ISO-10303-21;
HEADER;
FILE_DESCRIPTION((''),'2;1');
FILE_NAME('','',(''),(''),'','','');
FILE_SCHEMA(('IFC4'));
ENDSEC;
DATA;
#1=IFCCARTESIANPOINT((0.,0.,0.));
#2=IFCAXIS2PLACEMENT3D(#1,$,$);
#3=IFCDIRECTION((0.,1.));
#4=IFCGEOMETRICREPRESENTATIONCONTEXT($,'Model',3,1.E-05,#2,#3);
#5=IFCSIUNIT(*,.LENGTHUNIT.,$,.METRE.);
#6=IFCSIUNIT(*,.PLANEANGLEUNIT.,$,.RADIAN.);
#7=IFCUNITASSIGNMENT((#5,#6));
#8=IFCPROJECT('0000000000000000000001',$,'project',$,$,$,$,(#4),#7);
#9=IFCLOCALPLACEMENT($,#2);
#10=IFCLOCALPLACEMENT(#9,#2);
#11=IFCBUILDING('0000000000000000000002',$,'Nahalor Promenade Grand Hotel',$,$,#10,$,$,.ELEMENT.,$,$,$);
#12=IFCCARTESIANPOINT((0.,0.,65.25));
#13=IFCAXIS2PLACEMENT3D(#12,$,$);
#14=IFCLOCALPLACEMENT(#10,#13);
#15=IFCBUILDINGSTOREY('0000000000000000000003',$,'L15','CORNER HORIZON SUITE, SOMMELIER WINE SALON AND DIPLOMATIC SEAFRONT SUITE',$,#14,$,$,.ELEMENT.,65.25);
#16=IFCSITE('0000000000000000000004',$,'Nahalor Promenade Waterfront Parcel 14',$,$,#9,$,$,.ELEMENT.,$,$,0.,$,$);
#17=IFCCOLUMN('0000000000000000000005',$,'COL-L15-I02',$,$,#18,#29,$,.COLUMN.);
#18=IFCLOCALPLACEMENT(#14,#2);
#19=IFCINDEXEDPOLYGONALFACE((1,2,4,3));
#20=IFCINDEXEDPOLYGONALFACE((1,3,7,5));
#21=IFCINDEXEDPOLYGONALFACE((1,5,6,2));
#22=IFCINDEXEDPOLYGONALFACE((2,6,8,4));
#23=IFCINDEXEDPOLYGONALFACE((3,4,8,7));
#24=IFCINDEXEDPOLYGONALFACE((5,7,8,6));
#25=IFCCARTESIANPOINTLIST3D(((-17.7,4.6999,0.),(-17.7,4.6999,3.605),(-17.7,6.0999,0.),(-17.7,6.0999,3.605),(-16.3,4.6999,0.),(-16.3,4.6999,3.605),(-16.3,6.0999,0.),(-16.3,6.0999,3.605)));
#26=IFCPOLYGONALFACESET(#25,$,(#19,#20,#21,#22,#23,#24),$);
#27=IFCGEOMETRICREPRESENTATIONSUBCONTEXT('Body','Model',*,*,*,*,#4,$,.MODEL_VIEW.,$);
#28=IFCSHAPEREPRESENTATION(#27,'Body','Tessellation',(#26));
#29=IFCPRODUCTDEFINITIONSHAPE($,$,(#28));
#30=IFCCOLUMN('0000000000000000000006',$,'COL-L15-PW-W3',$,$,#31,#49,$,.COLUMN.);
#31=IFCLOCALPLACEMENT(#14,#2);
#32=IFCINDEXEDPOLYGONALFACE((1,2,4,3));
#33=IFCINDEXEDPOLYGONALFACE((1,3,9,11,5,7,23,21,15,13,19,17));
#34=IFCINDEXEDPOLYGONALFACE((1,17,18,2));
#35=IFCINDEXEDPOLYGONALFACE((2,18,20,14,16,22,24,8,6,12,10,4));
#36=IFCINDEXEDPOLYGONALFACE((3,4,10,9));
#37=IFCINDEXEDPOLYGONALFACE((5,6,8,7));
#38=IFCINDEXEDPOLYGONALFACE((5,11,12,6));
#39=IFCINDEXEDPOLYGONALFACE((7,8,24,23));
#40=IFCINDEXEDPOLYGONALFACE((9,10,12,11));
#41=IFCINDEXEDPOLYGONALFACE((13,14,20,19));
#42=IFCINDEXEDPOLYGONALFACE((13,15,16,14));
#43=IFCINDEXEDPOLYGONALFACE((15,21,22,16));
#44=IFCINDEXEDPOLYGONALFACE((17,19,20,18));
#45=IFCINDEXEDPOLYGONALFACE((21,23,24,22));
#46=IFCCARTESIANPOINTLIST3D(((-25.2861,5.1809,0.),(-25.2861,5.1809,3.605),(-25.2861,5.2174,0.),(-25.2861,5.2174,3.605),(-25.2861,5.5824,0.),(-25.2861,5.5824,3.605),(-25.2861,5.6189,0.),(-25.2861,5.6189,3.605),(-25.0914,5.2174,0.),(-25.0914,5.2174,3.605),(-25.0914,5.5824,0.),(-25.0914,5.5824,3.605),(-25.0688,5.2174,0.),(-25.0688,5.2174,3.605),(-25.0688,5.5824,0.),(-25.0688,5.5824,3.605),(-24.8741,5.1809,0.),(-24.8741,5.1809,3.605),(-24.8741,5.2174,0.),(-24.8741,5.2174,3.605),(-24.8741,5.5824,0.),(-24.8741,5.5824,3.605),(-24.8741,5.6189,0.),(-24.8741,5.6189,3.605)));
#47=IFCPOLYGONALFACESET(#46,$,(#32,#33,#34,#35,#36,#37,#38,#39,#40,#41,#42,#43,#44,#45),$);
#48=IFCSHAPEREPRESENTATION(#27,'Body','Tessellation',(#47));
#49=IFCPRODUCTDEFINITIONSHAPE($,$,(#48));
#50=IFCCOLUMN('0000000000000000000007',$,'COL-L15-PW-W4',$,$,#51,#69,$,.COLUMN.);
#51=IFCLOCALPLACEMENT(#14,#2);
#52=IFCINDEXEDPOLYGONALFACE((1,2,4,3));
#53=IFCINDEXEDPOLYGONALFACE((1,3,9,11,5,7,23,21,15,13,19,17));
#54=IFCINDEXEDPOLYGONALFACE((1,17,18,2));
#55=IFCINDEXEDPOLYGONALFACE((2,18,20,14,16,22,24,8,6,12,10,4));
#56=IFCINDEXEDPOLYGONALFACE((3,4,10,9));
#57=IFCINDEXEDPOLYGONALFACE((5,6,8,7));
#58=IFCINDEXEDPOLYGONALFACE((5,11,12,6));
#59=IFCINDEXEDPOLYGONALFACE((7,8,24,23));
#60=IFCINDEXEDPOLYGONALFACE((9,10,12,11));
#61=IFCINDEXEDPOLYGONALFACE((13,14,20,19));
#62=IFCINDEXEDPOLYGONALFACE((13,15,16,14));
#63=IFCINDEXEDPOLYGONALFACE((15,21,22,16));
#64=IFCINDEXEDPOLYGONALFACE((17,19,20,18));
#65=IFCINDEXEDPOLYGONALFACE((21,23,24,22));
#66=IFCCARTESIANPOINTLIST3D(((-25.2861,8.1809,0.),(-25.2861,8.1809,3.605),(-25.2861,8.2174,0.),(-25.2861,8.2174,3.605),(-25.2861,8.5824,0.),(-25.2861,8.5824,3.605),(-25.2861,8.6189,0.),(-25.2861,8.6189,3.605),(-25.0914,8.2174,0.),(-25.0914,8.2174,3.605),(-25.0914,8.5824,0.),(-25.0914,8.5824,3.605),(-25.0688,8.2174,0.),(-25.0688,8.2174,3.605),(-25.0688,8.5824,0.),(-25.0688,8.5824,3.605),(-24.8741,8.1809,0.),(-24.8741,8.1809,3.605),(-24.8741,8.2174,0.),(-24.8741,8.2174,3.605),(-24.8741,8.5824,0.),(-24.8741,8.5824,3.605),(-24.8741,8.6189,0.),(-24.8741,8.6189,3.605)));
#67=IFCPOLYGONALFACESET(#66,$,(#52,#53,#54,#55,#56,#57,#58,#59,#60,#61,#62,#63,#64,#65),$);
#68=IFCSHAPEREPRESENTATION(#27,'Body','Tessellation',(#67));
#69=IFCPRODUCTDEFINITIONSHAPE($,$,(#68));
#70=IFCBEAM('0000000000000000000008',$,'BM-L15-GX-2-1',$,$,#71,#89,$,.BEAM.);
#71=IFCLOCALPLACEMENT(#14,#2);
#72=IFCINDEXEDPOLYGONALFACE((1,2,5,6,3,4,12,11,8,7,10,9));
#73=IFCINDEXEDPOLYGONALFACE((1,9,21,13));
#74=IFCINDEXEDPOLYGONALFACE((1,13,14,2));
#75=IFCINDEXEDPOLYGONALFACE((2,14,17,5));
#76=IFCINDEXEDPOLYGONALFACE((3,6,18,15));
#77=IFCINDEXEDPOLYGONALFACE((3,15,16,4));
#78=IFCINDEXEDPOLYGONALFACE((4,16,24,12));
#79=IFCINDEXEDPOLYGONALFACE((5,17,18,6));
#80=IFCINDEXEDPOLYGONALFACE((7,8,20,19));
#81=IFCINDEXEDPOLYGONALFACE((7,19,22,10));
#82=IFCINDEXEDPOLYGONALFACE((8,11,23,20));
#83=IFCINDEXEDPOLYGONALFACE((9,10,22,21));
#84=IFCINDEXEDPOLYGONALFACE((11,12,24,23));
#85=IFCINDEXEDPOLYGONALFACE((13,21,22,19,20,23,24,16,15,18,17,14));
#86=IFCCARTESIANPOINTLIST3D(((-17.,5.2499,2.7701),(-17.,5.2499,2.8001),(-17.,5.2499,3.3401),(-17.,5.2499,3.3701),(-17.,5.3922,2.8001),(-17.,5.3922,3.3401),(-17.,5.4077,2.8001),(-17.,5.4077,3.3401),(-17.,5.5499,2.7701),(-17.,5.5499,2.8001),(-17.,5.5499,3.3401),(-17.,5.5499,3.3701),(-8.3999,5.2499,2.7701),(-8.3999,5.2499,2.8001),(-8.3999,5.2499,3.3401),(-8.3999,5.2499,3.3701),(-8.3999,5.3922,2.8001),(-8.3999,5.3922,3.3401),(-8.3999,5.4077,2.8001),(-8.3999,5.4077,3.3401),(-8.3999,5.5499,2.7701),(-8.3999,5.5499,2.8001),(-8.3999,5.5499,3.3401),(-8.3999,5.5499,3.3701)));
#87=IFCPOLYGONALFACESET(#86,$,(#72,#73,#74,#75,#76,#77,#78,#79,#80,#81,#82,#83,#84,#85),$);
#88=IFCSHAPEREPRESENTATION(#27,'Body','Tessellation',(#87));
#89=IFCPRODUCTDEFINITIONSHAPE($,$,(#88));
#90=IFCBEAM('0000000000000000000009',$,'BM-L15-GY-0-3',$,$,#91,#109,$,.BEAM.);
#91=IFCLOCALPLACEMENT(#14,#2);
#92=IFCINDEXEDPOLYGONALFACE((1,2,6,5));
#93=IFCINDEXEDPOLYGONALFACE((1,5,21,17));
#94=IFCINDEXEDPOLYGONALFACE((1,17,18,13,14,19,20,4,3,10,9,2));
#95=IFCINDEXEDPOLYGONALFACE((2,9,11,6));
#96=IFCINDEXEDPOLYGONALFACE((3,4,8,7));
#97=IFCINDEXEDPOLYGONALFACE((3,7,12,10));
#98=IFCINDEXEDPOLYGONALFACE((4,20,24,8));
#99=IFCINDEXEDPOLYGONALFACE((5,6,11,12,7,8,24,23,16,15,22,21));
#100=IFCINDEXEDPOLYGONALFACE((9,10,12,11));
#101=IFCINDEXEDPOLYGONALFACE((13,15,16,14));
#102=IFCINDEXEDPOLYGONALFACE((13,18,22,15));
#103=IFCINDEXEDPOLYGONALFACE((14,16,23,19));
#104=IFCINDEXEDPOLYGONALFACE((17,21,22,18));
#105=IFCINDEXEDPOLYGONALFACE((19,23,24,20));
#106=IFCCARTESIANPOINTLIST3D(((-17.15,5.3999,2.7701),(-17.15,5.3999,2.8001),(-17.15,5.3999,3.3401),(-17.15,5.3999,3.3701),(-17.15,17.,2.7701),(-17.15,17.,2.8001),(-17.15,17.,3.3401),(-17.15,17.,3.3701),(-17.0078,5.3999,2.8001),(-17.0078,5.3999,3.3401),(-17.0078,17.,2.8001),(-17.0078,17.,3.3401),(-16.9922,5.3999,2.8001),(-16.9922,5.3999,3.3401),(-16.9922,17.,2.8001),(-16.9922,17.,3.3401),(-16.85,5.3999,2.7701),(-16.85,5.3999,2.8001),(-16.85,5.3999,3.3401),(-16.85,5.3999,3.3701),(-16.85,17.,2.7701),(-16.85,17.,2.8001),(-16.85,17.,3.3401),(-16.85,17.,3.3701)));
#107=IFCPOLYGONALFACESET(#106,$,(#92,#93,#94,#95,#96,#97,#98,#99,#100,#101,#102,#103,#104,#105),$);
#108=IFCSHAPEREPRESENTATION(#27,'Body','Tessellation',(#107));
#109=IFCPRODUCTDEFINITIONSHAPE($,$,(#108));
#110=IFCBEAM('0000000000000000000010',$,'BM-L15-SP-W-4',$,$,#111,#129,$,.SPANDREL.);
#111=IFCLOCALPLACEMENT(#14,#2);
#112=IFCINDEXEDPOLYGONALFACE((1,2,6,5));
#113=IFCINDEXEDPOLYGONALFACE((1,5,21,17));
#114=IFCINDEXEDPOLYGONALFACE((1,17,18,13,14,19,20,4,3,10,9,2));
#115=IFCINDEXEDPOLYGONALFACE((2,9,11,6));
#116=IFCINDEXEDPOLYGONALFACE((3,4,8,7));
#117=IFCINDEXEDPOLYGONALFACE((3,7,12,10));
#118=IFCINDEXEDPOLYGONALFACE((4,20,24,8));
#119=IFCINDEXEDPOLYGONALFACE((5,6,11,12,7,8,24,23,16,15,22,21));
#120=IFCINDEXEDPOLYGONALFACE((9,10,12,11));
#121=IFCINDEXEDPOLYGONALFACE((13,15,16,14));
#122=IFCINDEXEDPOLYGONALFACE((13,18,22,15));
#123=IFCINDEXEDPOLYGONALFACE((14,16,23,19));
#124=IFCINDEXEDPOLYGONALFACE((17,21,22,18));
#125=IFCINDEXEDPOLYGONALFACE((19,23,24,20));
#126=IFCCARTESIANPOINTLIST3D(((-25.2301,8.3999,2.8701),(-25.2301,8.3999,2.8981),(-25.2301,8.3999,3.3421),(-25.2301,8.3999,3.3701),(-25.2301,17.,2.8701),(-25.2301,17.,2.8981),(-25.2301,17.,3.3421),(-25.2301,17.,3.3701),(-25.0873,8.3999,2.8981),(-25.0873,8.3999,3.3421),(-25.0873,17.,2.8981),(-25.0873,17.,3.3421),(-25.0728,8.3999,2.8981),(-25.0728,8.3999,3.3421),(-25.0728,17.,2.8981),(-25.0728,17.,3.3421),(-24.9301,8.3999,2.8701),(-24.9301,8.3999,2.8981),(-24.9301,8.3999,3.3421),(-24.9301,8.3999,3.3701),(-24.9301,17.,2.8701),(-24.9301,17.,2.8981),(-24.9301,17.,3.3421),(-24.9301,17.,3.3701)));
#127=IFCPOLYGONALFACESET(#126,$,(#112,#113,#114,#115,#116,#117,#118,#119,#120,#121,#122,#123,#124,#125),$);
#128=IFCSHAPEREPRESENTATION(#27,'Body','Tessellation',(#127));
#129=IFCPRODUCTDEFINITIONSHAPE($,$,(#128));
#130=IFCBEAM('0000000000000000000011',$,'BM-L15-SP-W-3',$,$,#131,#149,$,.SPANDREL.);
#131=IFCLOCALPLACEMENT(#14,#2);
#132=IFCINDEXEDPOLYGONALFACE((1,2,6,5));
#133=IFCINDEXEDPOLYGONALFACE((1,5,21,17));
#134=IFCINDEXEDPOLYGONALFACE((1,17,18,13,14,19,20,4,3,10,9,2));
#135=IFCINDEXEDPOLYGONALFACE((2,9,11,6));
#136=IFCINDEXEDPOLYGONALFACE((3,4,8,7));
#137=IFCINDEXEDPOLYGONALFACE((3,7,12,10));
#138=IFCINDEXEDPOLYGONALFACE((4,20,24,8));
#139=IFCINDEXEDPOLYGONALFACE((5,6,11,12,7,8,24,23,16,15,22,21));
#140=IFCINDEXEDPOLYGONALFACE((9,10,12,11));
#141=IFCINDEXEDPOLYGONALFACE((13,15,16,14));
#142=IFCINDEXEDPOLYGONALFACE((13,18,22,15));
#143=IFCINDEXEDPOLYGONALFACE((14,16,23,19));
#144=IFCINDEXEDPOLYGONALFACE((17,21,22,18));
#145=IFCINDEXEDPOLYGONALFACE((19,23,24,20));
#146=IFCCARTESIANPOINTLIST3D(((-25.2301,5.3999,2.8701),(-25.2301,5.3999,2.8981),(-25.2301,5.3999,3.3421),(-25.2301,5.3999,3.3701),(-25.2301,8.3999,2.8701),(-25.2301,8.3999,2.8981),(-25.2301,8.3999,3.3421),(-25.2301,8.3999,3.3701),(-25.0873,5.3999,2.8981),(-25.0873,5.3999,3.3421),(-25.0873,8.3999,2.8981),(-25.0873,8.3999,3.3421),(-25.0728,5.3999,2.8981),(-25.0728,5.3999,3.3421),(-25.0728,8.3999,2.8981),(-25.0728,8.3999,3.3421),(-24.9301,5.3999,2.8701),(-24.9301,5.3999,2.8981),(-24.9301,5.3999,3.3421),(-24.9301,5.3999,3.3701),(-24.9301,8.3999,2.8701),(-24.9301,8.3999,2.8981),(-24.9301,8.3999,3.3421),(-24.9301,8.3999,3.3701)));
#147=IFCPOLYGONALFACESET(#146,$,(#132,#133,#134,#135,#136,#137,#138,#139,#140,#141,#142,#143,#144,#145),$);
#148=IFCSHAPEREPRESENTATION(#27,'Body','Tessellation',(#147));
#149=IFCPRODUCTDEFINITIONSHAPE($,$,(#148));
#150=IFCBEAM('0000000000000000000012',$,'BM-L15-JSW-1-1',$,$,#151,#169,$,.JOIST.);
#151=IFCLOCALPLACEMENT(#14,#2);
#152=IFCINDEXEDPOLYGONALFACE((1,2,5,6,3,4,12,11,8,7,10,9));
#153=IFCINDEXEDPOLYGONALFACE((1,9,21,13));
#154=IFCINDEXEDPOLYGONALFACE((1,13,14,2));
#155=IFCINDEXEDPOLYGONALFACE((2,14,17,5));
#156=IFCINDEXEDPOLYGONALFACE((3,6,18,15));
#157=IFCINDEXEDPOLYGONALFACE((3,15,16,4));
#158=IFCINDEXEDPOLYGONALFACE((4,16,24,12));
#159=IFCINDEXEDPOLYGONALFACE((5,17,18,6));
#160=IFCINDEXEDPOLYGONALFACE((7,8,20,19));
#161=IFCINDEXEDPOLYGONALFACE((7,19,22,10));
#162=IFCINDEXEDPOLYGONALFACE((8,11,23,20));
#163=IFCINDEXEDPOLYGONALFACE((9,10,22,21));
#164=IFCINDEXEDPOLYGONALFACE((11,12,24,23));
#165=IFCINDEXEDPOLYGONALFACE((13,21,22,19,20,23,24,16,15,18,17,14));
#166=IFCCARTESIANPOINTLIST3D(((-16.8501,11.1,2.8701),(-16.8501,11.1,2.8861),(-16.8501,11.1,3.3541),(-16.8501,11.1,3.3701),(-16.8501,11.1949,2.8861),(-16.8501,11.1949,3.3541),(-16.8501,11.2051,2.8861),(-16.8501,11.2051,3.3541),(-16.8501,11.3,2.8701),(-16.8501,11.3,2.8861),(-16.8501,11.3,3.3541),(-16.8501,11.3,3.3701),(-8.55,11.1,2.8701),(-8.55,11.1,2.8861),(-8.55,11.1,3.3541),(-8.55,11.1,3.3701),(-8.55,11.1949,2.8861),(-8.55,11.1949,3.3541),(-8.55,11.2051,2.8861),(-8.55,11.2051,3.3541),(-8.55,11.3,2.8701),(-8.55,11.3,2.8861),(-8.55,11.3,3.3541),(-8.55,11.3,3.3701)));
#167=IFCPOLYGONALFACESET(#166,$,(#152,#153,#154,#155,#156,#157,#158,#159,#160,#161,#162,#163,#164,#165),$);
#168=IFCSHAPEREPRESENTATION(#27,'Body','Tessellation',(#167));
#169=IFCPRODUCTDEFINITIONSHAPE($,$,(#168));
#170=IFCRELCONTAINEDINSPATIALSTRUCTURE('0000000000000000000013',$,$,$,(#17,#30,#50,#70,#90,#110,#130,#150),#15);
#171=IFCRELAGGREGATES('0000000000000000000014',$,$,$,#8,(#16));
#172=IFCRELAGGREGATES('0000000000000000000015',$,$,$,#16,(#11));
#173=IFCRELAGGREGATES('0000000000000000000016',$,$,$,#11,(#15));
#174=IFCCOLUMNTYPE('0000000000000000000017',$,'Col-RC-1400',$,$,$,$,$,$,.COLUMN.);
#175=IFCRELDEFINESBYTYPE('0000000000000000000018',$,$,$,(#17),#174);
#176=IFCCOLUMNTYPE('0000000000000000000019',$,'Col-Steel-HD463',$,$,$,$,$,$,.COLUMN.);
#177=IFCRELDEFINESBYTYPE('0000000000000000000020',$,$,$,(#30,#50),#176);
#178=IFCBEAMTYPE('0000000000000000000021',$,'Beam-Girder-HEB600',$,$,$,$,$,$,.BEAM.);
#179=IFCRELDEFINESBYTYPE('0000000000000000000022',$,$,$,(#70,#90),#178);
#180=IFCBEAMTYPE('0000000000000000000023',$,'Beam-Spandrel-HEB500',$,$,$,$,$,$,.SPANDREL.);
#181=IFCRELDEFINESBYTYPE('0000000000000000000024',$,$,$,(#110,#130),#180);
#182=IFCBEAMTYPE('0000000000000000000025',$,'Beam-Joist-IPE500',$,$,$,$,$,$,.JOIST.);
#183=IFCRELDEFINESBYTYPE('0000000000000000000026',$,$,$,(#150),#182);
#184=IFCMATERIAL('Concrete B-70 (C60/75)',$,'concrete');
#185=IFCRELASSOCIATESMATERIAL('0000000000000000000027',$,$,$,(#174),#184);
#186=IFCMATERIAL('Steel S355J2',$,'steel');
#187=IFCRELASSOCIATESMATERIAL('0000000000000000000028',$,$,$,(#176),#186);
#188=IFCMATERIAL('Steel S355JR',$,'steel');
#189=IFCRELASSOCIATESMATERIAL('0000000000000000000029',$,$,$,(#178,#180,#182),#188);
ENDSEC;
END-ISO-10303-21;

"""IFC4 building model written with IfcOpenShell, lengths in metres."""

from ifc_helpers import new_model, si_unit, direction, frame, origin, origin_2d, place, context, subcontext, project, spatial, rectangle, i_section, extrude, source, transform, mapped, material, material_profile, profile_set, type_object, element, save


model = new_model("IFC4")

# Units and contexts
model_context = context("Model", 3, precision=1e-05, world=origin(), true_north=direction((0.0, 1.0)))
body_context = subcontext(model_context, "Body", "Model", "MODEL_VIEW")
ifc_project = project(units=[si_unit("LENGTHUNIT", "METRE"), si_unit("PLANEANGLEUNIT", "RADIAN")], contexts=[model_context])

# Site, building, storey
site_placement = place(None, origin())
site = spatial("IfcSite", under=ifc_project, at=site_placement, Name="Nahalor Promenade Waterfront Parcel 14", CompositionType="ELEMENT", RefElevation=0.0)
building_placement = place(site_placement, origin())
building = spatial("IfcBuilding", under=site, at=building_placement, Name="Nahalor Promenade Grand Hotel", CompositionType="ELEMENT")
storey_placement = place(building_placement, frame((0.0, 0.0, 65.25)))
storey = spatial("IfcBuildingStorey", under=building, at=storey_placement, Name="L15", Description="CORNER HORIZON SUITE, SOMMELIER WINE SALON AND DIPLOMATIC SEAFRONT SUITE", CompositionType="ELEMENT", Elevation=65.25)

# Columns
ifc_material_1 = material(Name="Concrete B-70 (C60/75)", Category="concrete")
ifc_material_profile_1 = material_profile(ifc_material_1, rectangle(XDim=1.4, YDim=1.4, at=origin_2d()), Name="RC 1400x1400")
ifc_profile_set_1 = profile_set([ifc_material_profile_1], Name="Concrete B-70 (C60/75)")
column_type_1 = type_object("IfcColumnType", Name="Col-RC-1400", PredefinedType="COLUMN", material=ifc_profile_set_1)
shared_shape_1 = source(origin(), body_context, "Body", "SweptSolid", [
    extrude(rectangle(XDim=1.4, YDim=1.4, at=origin_2d()), origin(), (0.0, 0.0, 1.0), 3.605),
])
column_placement = place(storey_placement, frame((-17.0, 5.3999, 0.0), z_axis=(0.0, 0.0, 1.0), x_axis=(1.0, 0.0, 0.0)))
element("IfcColumn", 1, at=column_placement, inside=storey, type_object=column_type_1, Name="COL-L15-I02", PredefinedType="COLUMN", context=body_context, shape_type="MappedRepresentation", body=[
    mapped(shared_shape_1, transform((0.0, 0.0, 0.0), scale=1.0)),
])
ifc_material_2 = material(Name="Steel S355J2", Category="steel")
ifc_material_profile_2 = material_profile(ifc_material_2, i_section(OverallWidth=0.412, OverallDepth=0.438, WebThickness=0.0226, FlangeThickness=0.0365, at=origin_2d()), Name="HD 400x463")
ifc_profile_set_2 = profile_set([ifc_material_profile_2], Name="Steel S355J2")
column_type_2 = type_object("IfcColumnType", Name="Col-Steel-HD463", PredefinedType="COLUMN", material=ifc_profile_set_2)
shared_shape_2 = source(origin(), body_context, "Body", "SweptSolid", [
    extrude(i_section(OverallWidth=0.412, OverallDepth=0.438, WebThickness=0.0226, FlangeThickness=0.0365, at=origin_2d()), origin(), (0.0, 0.0, 1.0), 3.605),
])
for number, where, z_axis, x_axis, name in (
    (2, (-25.0801, 5.3999, 0.0), (0.0, 0.0, 1.0), (1.0, 0.0, 0.0), "COL-L15-PW-W3"),
    (3, (-25.0801, 8.3999, 0.0), (0.0, 0.0, 1.0), (1.0, 0.0, 0.0), "COL-L15-PW-W4"),
):
    element("IfcColumn", number, at=place(storey_placement, frame(where, z_axis=z_axis, x_axis=x_axis)), inside=storey, type_object=column_type_2, Name=name, PredefinedType="COLUMN", context=body_context, shape_type="MappedRepresentation", body=[
        mapped(shared_shape_2, transform((0.0, 0.0, 0.0), scale=1.0)),
    ])

# Beams
ifc_material_3 = material(Name="Steel S355JR", Category="steel")
ifc_material_profile_3 = material_profile(ifc_material_3, i_section(OverallWidth=0.3, OverallDepth=0.6, WebThickness=0.0155, FlangeThickness=0.03, at=origin_2d()), Name="HEB 600")
ifc_profile_set_3 = profile_set([ifc_material_profile_3], Name="Steel S355JR")
beam_type_1 = type_object("IfcBeamType", Name="Beam-Girder-HEB600", PredefinedType="BEAM", material=ifc_profile_set_3)
shared_shape_3 = source(origin(), body_context, "Body", "SweptSolid", [
    extrude(i_section(OverallWidth=0.3, OverallDepth=0.6, WebThickness=0.0155, FlangeThickness=0.03, at=origin_2d()), origin(), (0.0, 0.0, 1.0), 8.6001),
])
beam_1_placement = place(storey_placement, frame((-17.0, 5.3999, 3.0701), z_axis=(1.0, 0.0, 0.0), x_axis=(0.0, 1.0, 0.0)))
element("IfcBeam", 4, at=beam_1_placement, inside=storey, type_object=beam_type_1, Name="BM-L15-GX-2-1", PredefinedType="BEAM", context=body_context, shape_type="MappedRepresentation", body=[
    mapped(shared_shape_3, transform((0.0, 0.0, 0.0), scale=1.0)),
])
shared_shape_4 = source(origin(), body_context, "Body", "SweptSolid", [
    extrude(i_section(OverallWidth=0.3, OverallDepth=0.6, WebThickness=0.0155, FlangeThickness=0.03, at=origin_2d()), origin(), (0.0, 0.0, 1.0), 11.6001),
])
beam_2_placement = place(storey_placement, frame((-17.0, 5.3999, 3.0701), z_axis=(0.0, 1.0, 0.0), x_axis=(-1.0, 0.0, 0.0)))
element("IfcBeam", 5, at=beam_2_placement, inside=storey, type_object=beam_type_1, Name="BM-L15-GY-0-3", PredefinedType="BEAM", context=body_context, shape_type="MappedRepresentation", body=[
    mapped(shared_shape_4, transform((0.0, 0.0, 0.0), scale=1.0)),
])
ifc_material_profile_4 = material_profile(ifc_material_3, i_section(OverallWidth=0.3, OverallDepth=0.5, WebThickness=0.0145, FlangeThickness=0.028, at=origin_2d()), Name="HEB 500")
ifc_profile_set_4 = profile_set([ifc_material_profile_4], Name="Steel S355JR")
beam_type_2 = type_object("IfcBeamType", Name="Beam-Spandrel-HEB500", PredefinedType="SPANDREL", material=ifc_profile_set_4)
shared_shape_5 = source(origin(), body_context, "Body", "SweptSolid", [
    extrude(i_section(OverallWidth=0.3, OverallDepth=0.5, WebThickness=0.0145, FlangeThickness=0.028, at=origin_2d()), origin(), (0.0, 0.0, 1.0), 8.6001),
])
beam_3_placement = place(storey_placement, frame((-25.0801, 8.3999, 3.1201), z_axis=(0.0, 1.0, 0.0), x_axis=(-1.0, 0.0, 0.0)))
element("IfcBeam", 6, at=beam_3_placement, inside=storey, type_object=beam_type_2, Name="BM-L15-SP-W-4", PredefinedType="SPANDREL", context=body_context, shape_type="MappedRepresentation", body=[
    mapped(shared_shape_5, transform((0.0, 0.0, 0.0), scale=1.0)),
])
shared_shape_6 = source(origin(), body_context, "Body", "SweptSolid", [
    extrude(i_section(OverallWidth=0.3, OverallDepth=0.5, WebThickness=0.0145, FlangeThickness=0.028, at=origin_2d()), origin(), (0.0, 0.0, 1.0), 3.0),
])
beam_4_placement = place(storey_placement, frame((-25.0801, 5.3999, 3.1201), z_axis=(0.0, 1.0, 0.0), x_axis=(-1.0, 0.0, 0.0)))
element("IfcBeam", 7, at=beam_4_placement, inside=storey, type_object=beam_type_2, Name="BM-L15-SP-W-3", PredefinedType="SPANDREL", context=body_context, shape_type="MappedRepresentation", body=[
    mapped(shared_shape_6, transform((0.0, 0.0, 0.0), scale=1.0)),
])
ifc_material_profile_5 = material_profile(ifc_material_3, i_section(OverallWidth=0.2, OverallDepth=0.5, WebThickness=0.0102, FlangeThickness=0.016, at=origin_2d()), Name="IPE 500")
ifc_profile_set_5 = profile_set([ifc_material_profile_5], Name="Steel S355JR")
beam_type_3 = type_object("IfcBeamType", Name="Beam-Joist-IPE500", PredefinedType="JOIST", material=ifc_profile_set_5)
shared_shape_7 = source(origin(), body_context, "Body", "SweptSolid", [
    extrude(i_section(OverallWidth=0.2, OverallDepth=0.5, WebThickness=0.0102, FlangeThickness=0.016, at=origin_2d()), origin(), (0.0, 0.0, 1.0), 8.3),
])
beam_5_placement = place(storey_placement, frame((-16.8501, 11.2, 3.1201), z_axis=(1.0, 0.0, 0.0), x_axis=(0.0, 1.0, 0.0)))
element("IfcBeam", 8, at=beam_5_placement, inside=storey, type_object=beam_type_3, Name="BM-L15-JSW-1-1", PredefinedType="JOIST", context=body_context, shape_type="MappedRepresentation", body=[
    mapped(shared_shape_7, transform((0.0, 0.0, 0.0), scale=1.0)),
])

save(model, "model.ifc")
